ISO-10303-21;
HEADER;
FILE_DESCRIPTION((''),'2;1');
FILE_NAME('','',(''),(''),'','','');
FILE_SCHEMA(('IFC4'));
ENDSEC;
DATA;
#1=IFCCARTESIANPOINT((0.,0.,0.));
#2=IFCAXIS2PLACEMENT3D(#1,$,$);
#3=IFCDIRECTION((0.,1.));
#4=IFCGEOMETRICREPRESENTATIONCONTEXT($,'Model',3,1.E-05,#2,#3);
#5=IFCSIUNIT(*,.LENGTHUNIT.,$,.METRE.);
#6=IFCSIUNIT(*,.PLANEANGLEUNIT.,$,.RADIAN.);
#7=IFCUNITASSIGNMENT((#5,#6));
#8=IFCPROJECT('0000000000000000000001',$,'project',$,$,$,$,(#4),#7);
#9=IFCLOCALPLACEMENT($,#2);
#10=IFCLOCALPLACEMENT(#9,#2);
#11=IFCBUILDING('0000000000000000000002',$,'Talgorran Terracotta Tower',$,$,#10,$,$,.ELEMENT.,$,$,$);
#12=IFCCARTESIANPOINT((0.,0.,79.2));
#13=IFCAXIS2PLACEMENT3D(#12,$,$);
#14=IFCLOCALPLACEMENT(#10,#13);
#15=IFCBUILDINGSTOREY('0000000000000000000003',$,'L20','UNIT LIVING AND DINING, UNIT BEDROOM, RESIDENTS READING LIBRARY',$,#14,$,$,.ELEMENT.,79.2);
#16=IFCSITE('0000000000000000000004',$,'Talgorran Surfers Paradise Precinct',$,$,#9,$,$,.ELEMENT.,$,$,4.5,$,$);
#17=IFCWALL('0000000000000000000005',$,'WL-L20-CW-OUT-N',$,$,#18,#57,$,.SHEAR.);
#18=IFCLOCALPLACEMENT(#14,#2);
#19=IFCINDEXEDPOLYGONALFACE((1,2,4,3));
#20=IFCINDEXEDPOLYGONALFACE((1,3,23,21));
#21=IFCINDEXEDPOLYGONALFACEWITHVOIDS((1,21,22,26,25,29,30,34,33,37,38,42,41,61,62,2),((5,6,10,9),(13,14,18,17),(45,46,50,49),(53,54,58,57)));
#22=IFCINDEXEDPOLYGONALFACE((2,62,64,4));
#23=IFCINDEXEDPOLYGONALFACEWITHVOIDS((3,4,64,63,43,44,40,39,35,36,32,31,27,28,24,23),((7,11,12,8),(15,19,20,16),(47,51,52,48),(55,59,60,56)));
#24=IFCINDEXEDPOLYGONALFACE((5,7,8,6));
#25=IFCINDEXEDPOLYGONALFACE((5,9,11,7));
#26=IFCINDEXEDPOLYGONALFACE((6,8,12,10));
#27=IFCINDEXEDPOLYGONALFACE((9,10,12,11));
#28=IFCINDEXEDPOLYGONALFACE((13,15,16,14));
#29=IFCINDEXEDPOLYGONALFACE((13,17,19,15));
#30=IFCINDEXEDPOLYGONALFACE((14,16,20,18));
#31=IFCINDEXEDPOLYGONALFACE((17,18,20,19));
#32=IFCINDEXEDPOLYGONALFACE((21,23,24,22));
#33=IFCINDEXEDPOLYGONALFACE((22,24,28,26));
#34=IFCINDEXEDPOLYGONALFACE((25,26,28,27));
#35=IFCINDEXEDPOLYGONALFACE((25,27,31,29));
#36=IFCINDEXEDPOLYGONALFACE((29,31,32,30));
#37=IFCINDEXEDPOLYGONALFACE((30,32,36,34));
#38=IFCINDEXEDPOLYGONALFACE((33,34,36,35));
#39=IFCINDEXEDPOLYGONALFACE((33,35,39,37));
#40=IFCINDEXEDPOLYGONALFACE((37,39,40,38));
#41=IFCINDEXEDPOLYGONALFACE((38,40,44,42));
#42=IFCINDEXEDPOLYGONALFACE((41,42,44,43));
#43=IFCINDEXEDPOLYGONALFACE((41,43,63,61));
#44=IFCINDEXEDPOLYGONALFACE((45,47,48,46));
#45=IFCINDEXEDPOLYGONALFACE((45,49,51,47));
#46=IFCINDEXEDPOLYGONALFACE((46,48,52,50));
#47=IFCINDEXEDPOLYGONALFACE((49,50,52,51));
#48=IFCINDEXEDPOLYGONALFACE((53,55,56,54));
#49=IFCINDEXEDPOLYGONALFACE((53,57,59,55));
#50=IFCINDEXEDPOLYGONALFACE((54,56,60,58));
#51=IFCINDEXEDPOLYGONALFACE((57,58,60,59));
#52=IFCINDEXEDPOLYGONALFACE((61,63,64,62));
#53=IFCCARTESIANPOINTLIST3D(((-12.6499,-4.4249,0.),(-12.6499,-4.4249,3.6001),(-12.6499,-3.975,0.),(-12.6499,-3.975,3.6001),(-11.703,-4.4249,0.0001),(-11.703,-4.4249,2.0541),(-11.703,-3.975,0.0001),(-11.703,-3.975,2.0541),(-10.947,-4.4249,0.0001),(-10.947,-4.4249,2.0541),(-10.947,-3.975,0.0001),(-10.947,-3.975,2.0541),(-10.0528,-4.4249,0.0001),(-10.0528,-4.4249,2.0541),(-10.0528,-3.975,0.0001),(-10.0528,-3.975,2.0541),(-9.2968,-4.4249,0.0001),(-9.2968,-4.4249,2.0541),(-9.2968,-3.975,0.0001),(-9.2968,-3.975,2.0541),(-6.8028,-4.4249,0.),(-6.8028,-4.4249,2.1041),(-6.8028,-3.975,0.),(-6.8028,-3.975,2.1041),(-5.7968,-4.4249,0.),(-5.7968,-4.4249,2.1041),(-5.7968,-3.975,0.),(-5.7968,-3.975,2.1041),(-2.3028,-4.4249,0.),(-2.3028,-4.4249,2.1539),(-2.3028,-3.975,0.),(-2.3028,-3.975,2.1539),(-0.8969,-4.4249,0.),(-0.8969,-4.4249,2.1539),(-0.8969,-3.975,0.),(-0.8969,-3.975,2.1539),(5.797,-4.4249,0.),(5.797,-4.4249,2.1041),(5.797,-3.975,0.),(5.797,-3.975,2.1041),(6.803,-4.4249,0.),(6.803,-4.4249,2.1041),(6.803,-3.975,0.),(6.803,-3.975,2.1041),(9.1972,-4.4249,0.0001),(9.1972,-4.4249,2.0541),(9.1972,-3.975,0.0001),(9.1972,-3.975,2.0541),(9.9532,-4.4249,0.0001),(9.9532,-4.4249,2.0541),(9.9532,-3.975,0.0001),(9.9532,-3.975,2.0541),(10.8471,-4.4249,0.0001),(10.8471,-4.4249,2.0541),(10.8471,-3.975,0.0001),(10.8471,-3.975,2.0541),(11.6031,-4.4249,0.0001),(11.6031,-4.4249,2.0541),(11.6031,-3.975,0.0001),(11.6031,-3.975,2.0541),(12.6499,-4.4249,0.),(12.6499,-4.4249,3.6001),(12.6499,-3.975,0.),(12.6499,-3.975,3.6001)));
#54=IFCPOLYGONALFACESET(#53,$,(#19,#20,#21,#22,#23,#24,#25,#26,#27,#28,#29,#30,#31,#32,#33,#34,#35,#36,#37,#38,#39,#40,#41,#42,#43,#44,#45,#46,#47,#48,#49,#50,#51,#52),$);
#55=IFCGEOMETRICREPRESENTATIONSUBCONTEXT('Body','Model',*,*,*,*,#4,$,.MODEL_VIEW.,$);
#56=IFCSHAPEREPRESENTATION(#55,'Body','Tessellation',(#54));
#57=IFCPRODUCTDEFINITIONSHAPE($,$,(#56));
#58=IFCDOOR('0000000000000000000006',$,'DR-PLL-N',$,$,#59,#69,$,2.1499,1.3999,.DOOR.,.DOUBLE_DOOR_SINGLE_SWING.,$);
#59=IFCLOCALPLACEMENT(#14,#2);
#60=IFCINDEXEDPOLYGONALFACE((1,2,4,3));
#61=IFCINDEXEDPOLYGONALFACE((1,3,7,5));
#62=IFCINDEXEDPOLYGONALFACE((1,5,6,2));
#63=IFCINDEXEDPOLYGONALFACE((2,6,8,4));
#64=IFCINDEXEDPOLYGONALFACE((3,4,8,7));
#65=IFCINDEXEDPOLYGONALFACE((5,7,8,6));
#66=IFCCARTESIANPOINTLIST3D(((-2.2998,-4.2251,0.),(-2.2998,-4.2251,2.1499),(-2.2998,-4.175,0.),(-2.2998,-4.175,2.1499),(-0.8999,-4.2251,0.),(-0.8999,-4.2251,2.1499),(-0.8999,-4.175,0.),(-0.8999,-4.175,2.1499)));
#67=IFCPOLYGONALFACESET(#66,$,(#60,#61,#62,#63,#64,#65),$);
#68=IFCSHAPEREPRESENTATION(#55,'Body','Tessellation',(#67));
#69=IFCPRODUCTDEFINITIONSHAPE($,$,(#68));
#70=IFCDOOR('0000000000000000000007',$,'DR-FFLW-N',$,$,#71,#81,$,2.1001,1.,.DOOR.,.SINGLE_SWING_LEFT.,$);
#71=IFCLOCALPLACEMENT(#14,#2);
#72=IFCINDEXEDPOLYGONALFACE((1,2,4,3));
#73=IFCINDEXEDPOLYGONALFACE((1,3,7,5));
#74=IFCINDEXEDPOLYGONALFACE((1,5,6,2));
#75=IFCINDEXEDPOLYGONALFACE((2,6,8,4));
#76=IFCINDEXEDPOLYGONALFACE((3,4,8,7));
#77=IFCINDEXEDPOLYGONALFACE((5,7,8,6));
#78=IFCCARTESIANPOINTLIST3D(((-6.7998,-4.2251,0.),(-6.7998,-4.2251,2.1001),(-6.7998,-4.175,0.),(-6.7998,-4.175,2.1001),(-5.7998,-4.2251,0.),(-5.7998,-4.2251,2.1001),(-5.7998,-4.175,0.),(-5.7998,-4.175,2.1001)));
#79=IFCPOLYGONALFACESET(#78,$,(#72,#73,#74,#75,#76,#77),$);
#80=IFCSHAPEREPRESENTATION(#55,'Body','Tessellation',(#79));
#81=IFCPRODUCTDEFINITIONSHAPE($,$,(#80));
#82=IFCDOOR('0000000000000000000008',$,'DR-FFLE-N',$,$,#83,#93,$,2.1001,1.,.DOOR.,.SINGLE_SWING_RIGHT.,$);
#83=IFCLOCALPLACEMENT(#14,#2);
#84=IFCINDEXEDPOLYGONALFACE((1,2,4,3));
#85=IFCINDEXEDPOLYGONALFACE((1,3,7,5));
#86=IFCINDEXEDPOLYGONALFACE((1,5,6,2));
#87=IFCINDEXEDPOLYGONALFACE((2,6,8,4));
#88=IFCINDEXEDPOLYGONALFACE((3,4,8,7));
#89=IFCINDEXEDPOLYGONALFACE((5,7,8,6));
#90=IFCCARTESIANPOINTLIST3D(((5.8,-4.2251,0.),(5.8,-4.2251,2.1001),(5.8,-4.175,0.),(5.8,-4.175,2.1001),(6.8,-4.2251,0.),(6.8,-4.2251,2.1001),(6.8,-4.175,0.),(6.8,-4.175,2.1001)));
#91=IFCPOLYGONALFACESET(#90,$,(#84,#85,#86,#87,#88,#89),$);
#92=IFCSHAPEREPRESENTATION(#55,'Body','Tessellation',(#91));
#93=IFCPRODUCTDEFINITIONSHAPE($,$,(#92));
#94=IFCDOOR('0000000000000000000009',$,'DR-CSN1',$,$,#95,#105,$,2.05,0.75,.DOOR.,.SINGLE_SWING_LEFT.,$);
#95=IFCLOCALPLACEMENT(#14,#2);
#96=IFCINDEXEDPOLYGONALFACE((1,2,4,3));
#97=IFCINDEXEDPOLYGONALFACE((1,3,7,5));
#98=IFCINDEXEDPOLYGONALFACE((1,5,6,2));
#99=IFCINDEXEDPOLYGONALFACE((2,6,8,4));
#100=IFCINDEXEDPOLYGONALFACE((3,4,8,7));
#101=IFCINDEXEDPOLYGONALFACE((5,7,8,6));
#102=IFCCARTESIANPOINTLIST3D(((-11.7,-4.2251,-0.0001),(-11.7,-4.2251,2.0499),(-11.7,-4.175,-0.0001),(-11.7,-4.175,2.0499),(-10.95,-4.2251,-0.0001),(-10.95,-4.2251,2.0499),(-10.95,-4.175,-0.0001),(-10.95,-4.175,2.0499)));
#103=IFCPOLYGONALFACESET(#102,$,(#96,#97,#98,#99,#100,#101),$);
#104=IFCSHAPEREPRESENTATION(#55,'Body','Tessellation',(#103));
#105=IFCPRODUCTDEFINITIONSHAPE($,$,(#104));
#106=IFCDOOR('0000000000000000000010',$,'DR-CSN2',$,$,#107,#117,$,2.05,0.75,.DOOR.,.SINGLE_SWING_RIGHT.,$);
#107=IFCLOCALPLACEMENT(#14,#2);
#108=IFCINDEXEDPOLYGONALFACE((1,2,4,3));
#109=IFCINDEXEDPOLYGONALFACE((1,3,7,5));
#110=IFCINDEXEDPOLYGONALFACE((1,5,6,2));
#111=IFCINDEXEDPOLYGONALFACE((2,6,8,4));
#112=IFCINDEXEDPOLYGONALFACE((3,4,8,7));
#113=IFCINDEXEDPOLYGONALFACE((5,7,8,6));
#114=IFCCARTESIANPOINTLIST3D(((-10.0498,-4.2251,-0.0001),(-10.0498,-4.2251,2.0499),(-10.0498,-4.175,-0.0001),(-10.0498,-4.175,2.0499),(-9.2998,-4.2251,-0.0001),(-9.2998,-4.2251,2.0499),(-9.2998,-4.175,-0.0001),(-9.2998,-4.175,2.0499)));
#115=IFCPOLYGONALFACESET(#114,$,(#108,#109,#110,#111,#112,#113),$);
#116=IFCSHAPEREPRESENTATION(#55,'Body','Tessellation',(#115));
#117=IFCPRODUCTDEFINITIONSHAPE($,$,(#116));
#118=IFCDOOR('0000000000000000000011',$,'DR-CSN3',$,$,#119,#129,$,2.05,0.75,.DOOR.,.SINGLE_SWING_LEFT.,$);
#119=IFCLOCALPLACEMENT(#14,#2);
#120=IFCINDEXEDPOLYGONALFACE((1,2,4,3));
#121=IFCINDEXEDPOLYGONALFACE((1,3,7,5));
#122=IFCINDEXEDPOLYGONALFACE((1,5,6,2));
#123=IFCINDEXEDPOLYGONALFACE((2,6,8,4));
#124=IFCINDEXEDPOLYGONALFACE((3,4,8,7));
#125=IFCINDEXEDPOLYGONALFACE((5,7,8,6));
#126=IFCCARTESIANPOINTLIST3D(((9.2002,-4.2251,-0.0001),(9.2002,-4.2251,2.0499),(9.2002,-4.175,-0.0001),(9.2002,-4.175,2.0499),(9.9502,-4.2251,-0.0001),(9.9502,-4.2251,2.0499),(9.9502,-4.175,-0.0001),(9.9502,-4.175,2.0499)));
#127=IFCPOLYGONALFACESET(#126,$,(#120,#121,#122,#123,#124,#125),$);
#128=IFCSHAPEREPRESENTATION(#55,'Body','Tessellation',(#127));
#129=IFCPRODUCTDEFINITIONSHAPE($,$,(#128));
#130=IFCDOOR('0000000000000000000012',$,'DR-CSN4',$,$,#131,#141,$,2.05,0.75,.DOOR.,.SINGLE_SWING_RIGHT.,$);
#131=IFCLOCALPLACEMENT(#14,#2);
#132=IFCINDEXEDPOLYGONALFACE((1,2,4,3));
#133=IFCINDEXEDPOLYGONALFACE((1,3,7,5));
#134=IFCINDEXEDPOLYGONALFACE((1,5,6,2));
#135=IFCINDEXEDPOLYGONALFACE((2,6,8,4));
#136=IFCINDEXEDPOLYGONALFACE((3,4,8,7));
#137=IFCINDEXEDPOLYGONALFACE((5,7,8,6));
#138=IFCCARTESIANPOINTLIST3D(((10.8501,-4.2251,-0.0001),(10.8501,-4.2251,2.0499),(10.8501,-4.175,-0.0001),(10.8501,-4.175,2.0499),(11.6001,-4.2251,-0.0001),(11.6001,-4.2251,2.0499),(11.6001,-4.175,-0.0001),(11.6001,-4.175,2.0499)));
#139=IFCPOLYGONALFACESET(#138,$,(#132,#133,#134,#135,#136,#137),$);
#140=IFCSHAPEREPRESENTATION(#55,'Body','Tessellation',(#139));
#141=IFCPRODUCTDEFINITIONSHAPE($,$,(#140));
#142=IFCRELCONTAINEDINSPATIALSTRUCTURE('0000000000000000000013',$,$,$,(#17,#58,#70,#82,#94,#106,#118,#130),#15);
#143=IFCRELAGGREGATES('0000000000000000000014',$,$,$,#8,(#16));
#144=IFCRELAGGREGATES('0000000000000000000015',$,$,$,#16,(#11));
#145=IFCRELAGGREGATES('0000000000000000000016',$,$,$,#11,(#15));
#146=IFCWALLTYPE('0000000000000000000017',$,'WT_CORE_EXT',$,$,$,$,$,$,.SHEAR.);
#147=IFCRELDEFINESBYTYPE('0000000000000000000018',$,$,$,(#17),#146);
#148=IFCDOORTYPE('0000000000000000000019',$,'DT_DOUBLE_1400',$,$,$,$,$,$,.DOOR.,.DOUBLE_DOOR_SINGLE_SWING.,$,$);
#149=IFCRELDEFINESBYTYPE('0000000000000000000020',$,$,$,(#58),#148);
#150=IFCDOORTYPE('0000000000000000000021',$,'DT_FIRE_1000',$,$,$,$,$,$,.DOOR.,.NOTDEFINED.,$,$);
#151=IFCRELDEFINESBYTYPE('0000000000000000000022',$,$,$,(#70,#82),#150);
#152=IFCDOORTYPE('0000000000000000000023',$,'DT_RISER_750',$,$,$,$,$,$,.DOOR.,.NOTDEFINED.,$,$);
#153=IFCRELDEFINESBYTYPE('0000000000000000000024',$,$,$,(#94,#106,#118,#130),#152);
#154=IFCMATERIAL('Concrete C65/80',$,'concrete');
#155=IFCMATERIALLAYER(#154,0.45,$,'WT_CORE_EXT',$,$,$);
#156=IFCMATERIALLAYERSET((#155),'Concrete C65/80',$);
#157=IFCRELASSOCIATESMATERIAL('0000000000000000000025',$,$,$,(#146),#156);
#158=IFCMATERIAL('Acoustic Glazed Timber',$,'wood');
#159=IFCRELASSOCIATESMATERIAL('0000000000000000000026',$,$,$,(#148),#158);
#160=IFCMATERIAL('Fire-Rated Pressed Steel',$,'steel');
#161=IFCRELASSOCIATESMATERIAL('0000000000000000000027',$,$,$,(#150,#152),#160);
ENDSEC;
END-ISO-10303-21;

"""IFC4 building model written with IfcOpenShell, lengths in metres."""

from ifc_helpers import new_model, si_unit, direction, frame, frame_2d, origin, place, context, subcontext, project, spatial, rectangle, extrude, material, layer, layer_set, type_object, element, fill, save


model = new_model("IFC4")

# Units and contexts
model_context = context("Model", 3, precision=1e-05, world=origin(), true_north=direction((0.0, 1.0)))
body_context = subcontext(model_context, "Body", "Model", "MODEL_VIEW")
ifc_project = project(units=[si_unit("LENGTHUNIT", "METRE"), si_unit("PLANEANGLEUNIT", "RADIAN")], contexts=[model_context])

# Site, building, storey
site_placement = place(None, origin())
site = spatial("IfcSite", under=ifc_project, at=site_placement, Name="Talgorran Surfers Paradise Precinct", CompositionType="ELEMENT", RefElevation=4.5)
building_placement = place(site_placement, origin())
building = spatial("IfcBuilding", under=site, at=building_placement, Name="Talgorran Terracotta Tower", CompositionType="ELEMENT")
storey_placement = place(building_placement, frame((0.0, 0.0, 79.2)))
storey = spatial("IfcBuildingStorey", under=building, at=storey_placement, Name="L20", Description="UNIT LIVING AND DINING, UNIT BEDROOM, RESIDENTS READING LIBRARY", CompositionType="ELEMENT", Elevation=79.2)

# Wall, openings, doors
ifc_material_1 = material(Name="Concrete C65/80", Category="concrete")
ifc_layer_1 = layer(ifc_material_1, 0.45, Name="WT_CORE_EXT")
ifc_layer_set_1 = layer_set([ifc_layer_1], Name="Concrete C65/80")
wall_type_1 = type_object("IfcWallType", Name="WT_CORE_EXT", PredefinedType="SHEAR", material=ifc_layer_set_1)
wall_1_placement = place(storey_placement, frame((-12.6499, -4.2, 0.0), z_axis=(0.0, 0.0, 1.0), x_axis=(1.0, 0.0, 0.0)))
wall_1 = element("IfcWall", 1, at=wall_1_placement, inside=storey, type_object=wall_type_1, Name="WL-L20-CW-OUT-N", PredefinedType="SHEAR", context=body_context, shape_type="SweptSolid", body=[
    extrude(rectangle(XDim=25.2998, YDim=0.45, at=frame_2d((12.6499, 0.0))), origin(), (0.0, 0.0, 1.0), 3.6001),
])
opening_1_placement = place(wall_1_placement, frame((0.95, 0.0, 0.0)))
opening_1 = element("IfcOpeningElement", 2, at=opening_1_placement, cuts=wall_1, PredefinedType="OPENING", context=body_context, shape_type="SweptSolid", body=[
    extrude(rectangle(XDim=0.756, YDim=2.054, at=frame_2d((0.375, 1.0271))), frame((0.0, 0.2349, 0.0), z_axis=(0.0, -1.0, 0.0), x_axis=(1.0, 0.0, 0.0)), (0.0, 0.0, 1.0), 0.47),
])
opening_2_placement = place(wall_1_placement, frame((2.6001, 0.0, 0.0)))
opening_2 = element("IfcOpeningElement", 3, at=opening_2_placement, cuts=wall_1, PredefinedType="OPENING", context=body_context, shape_type="SweptSolid", body=[
    extrude(rectangle(XDim=0.756, YDim=2.054, at=frame_2d((0.375, 1.0271))), frame((0.0, 0.2349, 0.0), z_axis=(0.0, -1.0, 0.0), x_axis=(1.0, 0.0, 0.0)), (0.0, 0.0, 1.0), 0.47),
])
opening_3_placement = place(wall_1_placement, frame((21.8501, 0.0, 0.0)))
opening_3 = element("IfcOpeningElement", 4, at=opening_3_placement, cuts=wall_1, PredefinedType="OPENING", context=body_context, shape_type="SweptSolid", body=[
    extrude(rectangle(XDim=0.756, YDim=2.054, at=frame_2d((0.375, 1.0271))), frame((0.0, 0.2349, 0.0), z_axis=(0.0, -1.0, 0.0), x_axis=(1.0, 0.0, 0.0)), (0.0, 0.0, 1.0), 0.47),
])
opening_4_placement = place(wall_1_placement, frame((23.5, 0.0, 0.0)))
opening_4 = element("IfcOpeningElement", 5, at=opening_4_placement, cuts=wall_1, PredefinedType="OPENING", context=body_context, shape_type="SweptSolid", body=[
    extrude(rectangle(XDim=0.756, YDim=2.054, at=frame_2d((0.375, 1.0271))), frame((0.0, 0.2349, 0.0), z_axis=(0.0, -1.0, 0.0), x_axis=(1.0, 0.0, 0.0)), (0.0, 0.0, 1.0), 0.47),
])
opening_5_placement = place(wall_1_placement, frame((5.8501, 0.0, 0.0)))
opening_5 = element("IfcOpeningElement", 6, at=opening_5_placement, cuts=wall_1, PredefinedType="OPENING", context=body_context, shape_type="SweptSolid", body=[
    extrude(rectangle(XDim=1.006, YDim=2.1041, at=frame_2d((0.5, 1.052))), frame((0.0, 0.2349, 0.0), z_axis=(0.0, -1.0, 0.0), x_axis=(1.0, 0.0, 0.0)), (0.0, 0.0, 1.0), 0.47),
])
opening_6_placement = place(wall_1_placement, frame((10.3501, 0.0, 0.0)))
opening_6 = element("IfcOpeningElement", 7, at=opening_6_placement, cuts=wall_1, PredefinedType="OPENING", context=body_context, shape_type="SweptSolid", body=[
    extrude(rectangle(XDim=1.4059, YDim=2.1539, at=frame_2d((0.7, 1.0769))), frame((0.0, 0.2349, 0.0), z_axis=(0.0, -1.0, 0.0), x_axis=(1.0, 0.0, 0.0)), (0.0, 0.0, 1.0), 0.47),
])
opening_7_placement = place(wall_1_placement, frame((18.45, 0.0, 0.0)))
opening_7 = element("IfcOpeningElement", 8, at=opening_7_placement, cuts=wall_1, PredefinedType="OPENING", context=body_context, shape_type="SweptSolid", body=[
    extrude(rectangle(XDim=1.006, YDim=2.1041, at=frame_2d((0.5, 1.052))), frame((0.0, 0.2349, 0.0), z_axis=(0.0, -1.0, 0.0), x_axis=(1.0, 0.0, 0.0)), (0.0, 0.0, 1.0), 0.47),
])
ifc_material_2 = material(Name="Acoustic Glazed Timber", Category="wood")
door_type_1 = type_object("IfcDoorType", Name="DT_DOUBLE_1400", OperationType="DOUBLE_DOOR_SINGLE_SWING", PredefinedType="DOOR", material=ifc_material_2)
door_1_placement = place(opening_6_placement, origin())
door_1 = element("IfcDoor", 9, at=door_1_placement, inside=storey, type_object=door_type_1, Name="DR-PLL-N", OperationType="DOUBLE_DOOR_SINGLE_SWING", OverallHeight=2.1499, OverallWidth=1.3999, PredefinedType="DOOR", context=body_context, shape_type="SweptSolid", body=[
    extrude(rectangle(XDim=1.3999, YDim=2.1499, at=frame_2d((0.7, 1.075))), frame((0.0, 0.0249, 0.0), z_axis=(0.0, -1.0, 0.0), x_axis=(1.0, 0.0, 0.0)), (0.0, 0.0, 1.0), 0.05),
])
fill(opening_6, door_1)
ifc_material_3 = material(Name="Fire-Rated Pressed Steel", Category="steel")
door_type_2 = type_object("IfcDoorType", Name="DT_FIRE_1000", OperationType="NOTDEFINED", PredefinedType="DOOR", material=ifc_material_3)
door_2_placement = place(opening_5_placement, origin())
door_2 = element("IfcDoor", 10, at=door_2_placement, inside=storey, type_object=door_type_2, Name="DR-FFLW-N", OperationType="SINGLE_SWING_LEFT", OverallHeight=2.1001, OverallWidth=1.0, PredefinedType="DOOR", context=body_context, shape_type="SweptSolid", body=[
    extrude(rectangle(XDim=1.0, YDim=2.1001, at=frame_2d((0.5, 1.05))), frame((0.0, 0.0249, 0.0), z_axis=(0.0, -1.0, 0.0), x_axis=(1.0, 0.0, 0.0)), (0.0, 0.0, 1.0), 0.05),
])
fill(opening_5, door_2)
door_3_placement = place(opening_7_placement, origin())
door_3 = element("IfcDoor", 11, at=door_3_placement, inside=storey, type_object=door_type_2, Name="DR-FFLE-N", OperationType="SINGLE_SWING_RIGHT", OverallHeight=2.1001, OverallWidth=1.0, PredefinedType="DOOR", context=body_context, shape_type="SweptSolid", body=[
    extrude(rectangle(XDim=1.0, YDim=2.1001, at=frame_2d((0.5, 1.05))), frame((0.0, 0.0249, 0.0), z_axis=(0.0, -1.0, 0.0), x_axis=(1.0, 0.0, 0.0)), (0.0, 0.0, 1.0), 0.05),
])
fill(opening_7, door_3)
door_type_3 = type_object("IfcDoorType", Name="DT_RISER_750", OperationType="NOTDEFINED", PredefinedType="DOOR", material=ifc_material_3)
door_4_placement = place(opening_1_placement, origin())
door_4 = element("IfcDoor", 12, at=door_4_placement, inside=storey, type_object=door_type_3, Name="DR-CSN1", OperationType="SINGLE_SWING_LEFT", OverallHeight=2.05, OverallWidth=0.75, PredefinedType="DOOR", context=body_context, shape_type="SweptSolid", body=[
    extrude(rectangle(XDim=0.75, YDim=2.05, at=frame_2d((0.375, 1.0249))), frame((0.0, 0.0249, 0.0), z_axis=(0.0, -1.0, 0.0), x_axis=(1.0, 0.0, 0.0)), (0.0, 0.0, 1.0), 0.05),
])
fill(opening_1, door_4)
door_5_placement = place(opening_2_placement, origin())
door_5 = element("IfcDoor", 13, at=door_5_placement, inside=storey, type_object=door_type_3, Name="DR-CSN2", OperationType="SINGLE_SWING_RIGHT", OverallHeight=2.05, OverallWidth=0.75, PredefinedType="DOOR", context=body_context, shape_type="SweptSolid", body=[
    extrude(rectangle(XDim=0.75, YDim=2.05, at=frame_2d((0.375, 1.0249))), frame((0.0, 0.0249, 0.0), z_axis=(0.0, -1.0, 0.0), x_axis=(1.0, 0.0, 0.0)), (0.0, 0.0, 1.0), 0.05),
])
fill(opening_2, door_5)
door_6_placement = place(opening_3_placement, origin())
door_6 = element("IfcDoor", 14, at=door_6_placement, inside=storey, type_object=door_type_3, Name="DR-CSN3", OperationType="SINGLE_SWING_LEFT", OverallHeight=2.05, OverallWidth=0.75, PredefinedType="DOOR", context=body_context, shape_type="SweptSolid", body=[
    extrude(rectangle(XDim=0.75, YDim=2.05, at=frame_2d((0.375, 1.0249))), frame((0.0, 0.0249, 0.0), z_axis=(0.0, -1.0, 0.0), x_axis=(1.0, 0.0, 0.0)), (0.0, 0.0, 1.0), 0.05),
])
fill(opening_3, door_6)
door_7_placement = place(opening_4_placement, origin())
door_7 = element("IfcDoor", 15, at=door_7_placement, inside=storey, type_object=door_type_3, Name="DR-CSN4", OperationType="SINGLE_SWING_RIGHT", OverallHeight=2.05, OverallWidth=0.75, PredefinedType="DOOR", context=body_context, shape_type="SweptSolid", body=[
    extrude(rectangle(XDim=0.75, YDim=2.05, at=frame_2d((0.375, 1.0249))), frame((0.0, 0.0249, 0.0), z_axis=(0.0, -1.0, 0.0), x_axis=(1.0, 0.0, 0.0)), (0.0, 0.0, 1.0), 0.05),
])
fill(opening_4, door_7)

save(model, "model.ifc")
